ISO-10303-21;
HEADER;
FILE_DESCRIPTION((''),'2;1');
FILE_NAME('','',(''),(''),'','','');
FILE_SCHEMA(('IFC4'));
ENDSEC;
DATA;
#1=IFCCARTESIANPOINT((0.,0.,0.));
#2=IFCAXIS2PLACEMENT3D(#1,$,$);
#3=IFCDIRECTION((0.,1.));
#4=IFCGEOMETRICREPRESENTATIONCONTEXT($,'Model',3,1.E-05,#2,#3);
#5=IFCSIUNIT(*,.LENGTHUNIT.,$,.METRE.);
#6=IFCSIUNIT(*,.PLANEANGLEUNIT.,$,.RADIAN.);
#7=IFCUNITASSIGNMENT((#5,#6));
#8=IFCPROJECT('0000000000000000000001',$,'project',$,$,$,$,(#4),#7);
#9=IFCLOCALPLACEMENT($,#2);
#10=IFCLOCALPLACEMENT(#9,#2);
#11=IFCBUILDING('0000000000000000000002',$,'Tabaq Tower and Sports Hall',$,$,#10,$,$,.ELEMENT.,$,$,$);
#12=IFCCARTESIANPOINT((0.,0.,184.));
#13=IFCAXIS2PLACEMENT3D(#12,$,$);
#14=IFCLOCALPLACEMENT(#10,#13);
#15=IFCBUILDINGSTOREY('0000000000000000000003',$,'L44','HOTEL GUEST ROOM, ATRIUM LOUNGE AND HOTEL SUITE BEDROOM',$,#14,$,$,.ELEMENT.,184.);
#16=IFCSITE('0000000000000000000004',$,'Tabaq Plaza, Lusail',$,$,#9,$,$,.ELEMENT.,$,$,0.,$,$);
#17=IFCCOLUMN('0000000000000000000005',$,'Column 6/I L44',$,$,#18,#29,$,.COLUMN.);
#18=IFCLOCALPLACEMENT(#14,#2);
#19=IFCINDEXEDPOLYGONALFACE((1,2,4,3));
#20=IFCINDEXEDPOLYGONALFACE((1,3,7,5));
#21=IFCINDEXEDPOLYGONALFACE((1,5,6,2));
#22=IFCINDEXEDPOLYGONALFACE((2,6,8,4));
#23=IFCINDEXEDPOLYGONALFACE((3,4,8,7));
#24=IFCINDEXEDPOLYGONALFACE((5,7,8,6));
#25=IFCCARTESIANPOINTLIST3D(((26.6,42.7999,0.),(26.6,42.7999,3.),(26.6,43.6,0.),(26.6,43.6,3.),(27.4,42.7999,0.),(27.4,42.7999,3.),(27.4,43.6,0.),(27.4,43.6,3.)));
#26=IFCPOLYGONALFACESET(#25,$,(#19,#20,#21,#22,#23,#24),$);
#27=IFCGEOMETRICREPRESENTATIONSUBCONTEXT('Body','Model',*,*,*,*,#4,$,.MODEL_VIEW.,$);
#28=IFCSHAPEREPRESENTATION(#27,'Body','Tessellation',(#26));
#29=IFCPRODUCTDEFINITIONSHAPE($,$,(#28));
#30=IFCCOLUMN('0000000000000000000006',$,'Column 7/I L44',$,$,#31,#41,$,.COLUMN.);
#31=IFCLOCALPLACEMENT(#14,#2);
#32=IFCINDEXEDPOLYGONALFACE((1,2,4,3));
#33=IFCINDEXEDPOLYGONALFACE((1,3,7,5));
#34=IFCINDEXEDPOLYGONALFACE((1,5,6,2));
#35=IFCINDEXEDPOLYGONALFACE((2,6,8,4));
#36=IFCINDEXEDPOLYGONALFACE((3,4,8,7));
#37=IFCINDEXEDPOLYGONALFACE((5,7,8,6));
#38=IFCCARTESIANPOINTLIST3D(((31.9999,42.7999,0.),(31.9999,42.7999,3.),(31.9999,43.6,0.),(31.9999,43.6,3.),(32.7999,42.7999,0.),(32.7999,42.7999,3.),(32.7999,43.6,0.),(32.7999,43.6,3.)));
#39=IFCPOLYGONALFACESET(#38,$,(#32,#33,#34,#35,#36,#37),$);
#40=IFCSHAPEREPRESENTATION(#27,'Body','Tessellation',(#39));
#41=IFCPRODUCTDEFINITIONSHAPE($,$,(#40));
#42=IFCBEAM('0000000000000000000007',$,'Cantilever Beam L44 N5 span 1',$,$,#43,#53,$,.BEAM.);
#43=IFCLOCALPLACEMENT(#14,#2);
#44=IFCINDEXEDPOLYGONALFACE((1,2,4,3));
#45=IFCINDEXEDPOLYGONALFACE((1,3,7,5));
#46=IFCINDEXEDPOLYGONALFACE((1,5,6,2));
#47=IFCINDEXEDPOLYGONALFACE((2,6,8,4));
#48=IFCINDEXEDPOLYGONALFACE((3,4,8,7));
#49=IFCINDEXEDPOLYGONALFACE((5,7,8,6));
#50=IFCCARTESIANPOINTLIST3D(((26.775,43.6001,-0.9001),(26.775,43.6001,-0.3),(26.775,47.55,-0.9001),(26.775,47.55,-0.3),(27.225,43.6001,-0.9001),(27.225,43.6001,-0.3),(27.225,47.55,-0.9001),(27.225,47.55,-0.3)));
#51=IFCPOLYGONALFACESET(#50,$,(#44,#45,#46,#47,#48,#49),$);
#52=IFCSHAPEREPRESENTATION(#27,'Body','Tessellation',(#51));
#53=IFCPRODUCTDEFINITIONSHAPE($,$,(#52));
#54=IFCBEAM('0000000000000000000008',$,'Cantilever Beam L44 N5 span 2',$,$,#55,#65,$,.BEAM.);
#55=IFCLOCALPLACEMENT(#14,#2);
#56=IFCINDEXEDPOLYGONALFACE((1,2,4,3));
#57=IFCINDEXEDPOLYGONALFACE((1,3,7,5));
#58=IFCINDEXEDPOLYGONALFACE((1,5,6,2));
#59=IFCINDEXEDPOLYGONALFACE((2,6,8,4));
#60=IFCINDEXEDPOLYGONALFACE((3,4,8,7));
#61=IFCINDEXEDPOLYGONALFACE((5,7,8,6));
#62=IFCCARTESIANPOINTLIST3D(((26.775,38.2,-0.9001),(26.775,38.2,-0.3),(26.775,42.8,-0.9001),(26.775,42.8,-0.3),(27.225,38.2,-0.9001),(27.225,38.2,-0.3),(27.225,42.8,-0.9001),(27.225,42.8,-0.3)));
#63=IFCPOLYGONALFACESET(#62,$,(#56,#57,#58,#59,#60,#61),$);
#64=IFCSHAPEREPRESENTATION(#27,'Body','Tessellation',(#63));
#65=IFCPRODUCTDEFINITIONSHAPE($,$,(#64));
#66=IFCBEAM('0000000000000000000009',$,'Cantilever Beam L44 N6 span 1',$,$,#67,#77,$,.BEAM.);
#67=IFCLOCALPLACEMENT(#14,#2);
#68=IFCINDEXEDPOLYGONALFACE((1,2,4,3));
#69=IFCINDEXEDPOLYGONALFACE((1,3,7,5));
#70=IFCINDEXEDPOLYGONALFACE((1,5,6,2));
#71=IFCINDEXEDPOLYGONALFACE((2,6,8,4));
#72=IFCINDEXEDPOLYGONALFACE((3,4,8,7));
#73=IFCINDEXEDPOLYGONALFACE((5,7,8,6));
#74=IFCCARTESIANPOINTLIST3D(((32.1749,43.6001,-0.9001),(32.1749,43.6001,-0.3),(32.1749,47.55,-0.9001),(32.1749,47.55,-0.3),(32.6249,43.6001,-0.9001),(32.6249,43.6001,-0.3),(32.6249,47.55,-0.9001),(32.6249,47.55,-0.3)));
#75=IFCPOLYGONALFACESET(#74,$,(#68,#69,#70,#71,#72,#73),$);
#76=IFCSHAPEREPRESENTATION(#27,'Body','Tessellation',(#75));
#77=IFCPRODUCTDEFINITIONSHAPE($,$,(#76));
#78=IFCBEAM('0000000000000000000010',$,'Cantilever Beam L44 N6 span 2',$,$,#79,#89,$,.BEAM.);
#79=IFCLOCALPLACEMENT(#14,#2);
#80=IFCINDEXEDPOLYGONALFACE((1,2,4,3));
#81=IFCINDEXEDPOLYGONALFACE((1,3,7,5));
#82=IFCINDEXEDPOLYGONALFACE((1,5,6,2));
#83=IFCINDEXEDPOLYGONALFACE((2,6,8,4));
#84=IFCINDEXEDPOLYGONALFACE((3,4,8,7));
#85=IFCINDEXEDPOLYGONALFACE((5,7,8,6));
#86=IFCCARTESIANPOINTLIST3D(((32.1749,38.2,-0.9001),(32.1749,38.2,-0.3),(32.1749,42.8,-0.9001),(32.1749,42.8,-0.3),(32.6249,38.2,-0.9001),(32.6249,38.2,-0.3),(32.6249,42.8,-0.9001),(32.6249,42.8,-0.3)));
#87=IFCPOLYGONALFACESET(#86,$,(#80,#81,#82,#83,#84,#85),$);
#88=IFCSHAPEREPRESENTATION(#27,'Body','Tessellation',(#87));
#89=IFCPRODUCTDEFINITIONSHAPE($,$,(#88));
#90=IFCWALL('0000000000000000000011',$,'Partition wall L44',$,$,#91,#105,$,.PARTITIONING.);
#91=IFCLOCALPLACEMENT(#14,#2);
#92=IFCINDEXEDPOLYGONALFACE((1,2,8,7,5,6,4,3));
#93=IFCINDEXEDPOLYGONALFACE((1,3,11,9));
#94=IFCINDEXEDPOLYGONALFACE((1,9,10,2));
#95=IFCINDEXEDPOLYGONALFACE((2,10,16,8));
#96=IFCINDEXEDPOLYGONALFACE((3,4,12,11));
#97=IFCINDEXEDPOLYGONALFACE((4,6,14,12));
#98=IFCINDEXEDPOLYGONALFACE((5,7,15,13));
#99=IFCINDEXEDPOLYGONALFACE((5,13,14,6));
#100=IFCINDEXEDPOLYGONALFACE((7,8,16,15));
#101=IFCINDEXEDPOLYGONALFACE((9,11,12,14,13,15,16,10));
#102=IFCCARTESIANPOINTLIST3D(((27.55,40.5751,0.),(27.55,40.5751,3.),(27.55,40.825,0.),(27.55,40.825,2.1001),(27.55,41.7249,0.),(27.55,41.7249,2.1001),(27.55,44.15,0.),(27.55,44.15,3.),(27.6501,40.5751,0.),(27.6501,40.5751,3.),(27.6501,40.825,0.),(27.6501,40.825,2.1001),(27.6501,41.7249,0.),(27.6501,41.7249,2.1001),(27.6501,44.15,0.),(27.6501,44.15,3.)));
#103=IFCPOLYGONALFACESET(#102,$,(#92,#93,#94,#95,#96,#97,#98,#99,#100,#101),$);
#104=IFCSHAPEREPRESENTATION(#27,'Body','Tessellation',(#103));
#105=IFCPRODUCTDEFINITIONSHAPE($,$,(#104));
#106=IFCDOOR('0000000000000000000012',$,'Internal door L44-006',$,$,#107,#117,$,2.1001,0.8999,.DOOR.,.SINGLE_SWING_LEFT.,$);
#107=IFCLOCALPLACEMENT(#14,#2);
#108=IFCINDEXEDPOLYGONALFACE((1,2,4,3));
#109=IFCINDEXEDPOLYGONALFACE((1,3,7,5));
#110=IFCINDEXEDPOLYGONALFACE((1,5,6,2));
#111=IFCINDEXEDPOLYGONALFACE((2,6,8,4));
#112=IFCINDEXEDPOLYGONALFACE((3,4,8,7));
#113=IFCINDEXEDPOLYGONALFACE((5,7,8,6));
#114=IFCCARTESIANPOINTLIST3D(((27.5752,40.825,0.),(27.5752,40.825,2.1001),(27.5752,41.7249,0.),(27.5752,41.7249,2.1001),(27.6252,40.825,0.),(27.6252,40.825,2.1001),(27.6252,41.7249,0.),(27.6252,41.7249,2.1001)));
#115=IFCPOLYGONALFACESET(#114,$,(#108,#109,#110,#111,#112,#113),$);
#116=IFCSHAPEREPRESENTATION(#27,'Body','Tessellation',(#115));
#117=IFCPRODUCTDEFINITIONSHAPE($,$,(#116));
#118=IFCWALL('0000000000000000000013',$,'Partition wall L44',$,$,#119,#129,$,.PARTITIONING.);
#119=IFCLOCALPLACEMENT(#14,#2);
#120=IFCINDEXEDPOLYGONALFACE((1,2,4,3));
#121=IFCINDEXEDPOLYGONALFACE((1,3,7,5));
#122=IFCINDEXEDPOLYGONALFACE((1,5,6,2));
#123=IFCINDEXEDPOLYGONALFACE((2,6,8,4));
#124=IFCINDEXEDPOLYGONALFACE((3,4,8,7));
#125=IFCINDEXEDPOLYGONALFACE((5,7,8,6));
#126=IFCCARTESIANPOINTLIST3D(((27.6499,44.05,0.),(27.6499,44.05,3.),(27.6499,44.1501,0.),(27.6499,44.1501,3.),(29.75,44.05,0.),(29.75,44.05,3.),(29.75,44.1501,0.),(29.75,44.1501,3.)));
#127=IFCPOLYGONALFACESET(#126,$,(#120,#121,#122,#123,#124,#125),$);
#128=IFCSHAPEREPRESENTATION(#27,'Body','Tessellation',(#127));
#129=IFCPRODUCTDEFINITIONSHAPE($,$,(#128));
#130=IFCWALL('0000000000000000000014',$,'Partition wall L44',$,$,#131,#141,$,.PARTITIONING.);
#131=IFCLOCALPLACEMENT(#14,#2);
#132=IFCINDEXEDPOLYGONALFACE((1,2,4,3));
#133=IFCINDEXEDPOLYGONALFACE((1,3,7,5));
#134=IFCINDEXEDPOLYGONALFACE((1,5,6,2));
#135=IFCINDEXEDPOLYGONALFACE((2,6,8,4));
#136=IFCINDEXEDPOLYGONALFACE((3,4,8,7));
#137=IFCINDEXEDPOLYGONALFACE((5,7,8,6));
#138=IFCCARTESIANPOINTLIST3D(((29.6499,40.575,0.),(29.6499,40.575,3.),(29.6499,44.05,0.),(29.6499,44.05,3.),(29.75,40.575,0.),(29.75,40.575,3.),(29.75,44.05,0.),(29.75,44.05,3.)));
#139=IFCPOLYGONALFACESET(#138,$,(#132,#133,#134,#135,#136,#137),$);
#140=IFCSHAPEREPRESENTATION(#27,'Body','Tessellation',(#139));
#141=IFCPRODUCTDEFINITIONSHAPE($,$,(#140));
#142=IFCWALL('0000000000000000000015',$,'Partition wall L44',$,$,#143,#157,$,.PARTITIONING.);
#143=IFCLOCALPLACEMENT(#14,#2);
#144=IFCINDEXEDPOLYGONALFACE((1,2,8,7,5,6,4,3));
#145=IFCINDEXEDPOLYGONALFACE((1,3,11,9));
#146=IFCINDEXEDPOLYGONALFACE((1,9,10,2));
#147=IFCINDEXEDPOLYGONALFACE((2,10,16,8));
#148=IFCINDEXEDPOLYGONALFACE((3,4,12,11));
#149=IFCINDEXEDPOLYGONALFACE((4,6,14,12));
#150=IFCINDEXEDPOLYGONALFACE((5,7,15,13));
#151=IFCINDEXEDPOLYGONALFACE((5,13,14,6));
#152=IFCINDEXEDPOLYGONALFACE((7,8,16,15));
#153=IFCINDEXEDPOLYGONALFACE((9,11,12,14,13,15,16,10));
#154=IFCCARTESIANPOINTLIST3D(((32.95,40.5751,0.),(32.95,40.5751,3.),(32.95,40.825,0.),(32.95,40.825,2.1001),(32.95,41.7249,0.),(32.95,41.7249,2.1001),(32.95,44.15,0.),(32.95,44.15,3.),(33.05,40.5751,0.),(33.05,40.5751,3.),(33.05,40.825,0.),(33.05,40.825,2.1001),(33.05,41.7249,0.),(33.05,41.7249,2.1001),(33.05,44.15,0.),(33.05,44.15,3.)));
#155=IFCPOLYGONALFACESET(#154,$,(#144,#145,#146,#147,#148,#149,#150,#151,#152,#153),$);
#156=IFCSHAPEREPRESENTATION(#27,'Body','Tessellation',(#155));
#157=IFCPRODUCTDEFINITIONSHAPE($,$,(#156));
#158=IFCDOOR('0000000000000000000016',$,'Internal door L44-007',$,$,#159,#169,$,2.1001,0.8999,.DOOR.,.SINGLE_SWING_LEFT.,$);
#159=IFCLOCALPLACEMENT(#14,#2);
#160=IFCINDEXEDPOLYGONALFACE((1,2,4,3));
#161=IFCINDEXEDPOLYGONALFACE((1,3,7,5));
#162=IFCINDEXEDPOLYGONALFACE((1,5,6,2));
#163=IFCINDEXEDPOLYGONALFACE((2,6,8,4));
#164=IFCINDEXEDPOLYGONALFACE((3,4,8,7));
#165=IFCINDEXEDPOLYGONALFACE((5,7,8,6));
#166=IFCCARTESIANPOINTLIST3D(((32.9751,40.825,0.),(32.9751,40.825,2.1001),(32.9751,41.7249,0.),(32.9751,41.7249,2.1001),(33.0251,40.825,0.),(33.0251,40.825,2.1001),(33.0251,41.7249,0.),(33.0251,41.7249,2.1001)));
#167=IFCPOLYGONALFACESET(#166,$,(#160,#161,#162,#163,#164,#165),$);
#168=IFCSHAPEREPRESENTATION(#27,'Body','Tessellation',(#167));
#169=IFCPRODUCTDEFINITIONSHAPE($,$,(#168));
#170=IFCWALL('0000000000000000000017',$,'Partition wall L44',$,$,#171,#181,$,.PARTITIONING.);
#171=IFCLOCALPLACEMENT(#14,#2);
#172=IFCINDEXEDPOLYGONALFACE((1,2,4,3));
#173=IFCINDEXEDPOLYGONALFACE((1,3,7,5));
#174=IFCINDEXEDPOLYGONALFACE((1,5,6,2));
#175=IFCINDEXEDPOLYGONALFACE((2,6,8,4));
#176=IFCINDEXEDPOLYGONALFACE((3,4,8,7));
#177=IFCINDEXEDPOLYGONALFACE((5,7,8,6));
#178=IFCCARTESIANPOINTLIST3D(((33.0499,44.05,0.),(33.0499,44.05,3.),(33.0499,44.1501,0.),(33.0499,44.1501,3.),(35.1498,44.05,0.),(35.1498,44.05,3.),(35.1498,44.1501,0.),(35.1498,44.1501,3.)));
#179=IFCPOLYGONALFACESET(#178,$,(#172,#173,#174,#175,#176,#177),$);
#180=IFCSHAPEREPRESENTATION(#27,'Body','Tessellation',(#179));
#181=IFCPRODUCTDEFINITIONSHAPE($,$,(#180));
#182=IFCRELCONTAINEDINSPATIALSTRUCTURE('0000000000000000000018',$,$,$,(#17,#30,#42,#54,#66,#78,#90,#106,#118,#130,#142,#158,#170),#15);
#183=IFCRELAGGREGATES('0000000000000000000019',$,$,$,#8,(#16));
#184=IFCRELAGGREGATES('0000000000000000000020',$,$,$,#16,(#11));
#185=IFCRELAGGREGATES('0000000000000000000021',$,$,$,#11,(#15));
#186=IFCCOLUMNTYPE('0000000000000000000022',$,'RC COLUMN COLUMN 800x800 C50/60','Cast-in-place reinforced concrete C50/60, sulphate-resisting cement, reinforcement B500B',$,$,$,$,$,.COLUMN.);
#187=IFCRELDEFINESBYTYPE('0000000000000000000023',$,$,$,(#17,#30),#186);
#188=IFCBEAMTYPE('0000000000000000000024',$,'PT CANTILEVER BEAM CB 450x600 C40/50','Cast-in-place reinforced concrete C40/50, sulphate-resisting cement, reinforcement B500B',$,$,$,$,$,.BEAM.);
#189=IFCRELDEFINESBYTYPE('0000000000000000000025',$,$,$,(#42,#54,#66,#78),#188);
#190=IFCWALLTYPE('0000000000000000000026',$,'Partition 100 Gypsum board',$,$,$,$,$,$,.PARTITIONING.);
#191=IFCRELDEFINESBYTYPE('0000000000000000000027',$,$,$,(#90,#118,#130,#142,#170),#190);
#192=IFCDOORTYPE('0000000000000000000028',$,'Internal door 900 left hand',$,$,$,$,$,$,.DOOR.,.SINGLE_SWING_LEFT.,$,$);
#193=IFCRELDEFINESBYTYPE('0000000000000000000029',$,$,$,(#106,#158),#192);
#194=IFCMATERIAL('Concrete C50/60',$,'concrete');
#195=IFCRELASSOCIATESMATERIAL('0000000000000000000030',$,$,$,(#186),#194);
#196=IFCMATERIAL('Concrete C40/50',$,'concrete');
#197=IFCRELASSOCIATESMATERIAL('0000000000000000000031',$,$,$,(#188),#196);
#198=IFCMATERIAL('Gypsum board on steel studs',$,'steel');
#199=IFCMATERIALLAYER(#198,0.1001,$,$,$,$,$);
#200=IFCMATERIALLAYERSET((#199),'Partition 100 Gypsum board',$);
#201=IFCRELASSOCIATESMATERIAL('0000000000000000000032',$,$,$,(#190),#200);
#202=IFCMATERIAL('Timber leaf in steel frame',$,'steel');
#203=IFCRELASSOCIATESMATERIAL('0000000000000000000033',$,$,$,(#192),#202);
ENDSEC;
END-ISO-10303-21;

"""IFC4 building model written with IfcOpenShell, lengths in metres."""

from ifc_helpers import new_model, si_unit, direction, frame, frame_2d, origin, origin_2d, place, context, subcontext, project, spatial, rectangle, extrude, material, layer, layer_set, material_profile, profile_set, type_object, element, fill, save


model = new_model("IFC4")

# Units and contexts
model_context = context("Model", 3, precision=1e-05, world=origin(), true_north=direction((0.0, 1.0)))
body_context = subcontext(model_context, "Body", "Model", "MODEL_VIEW")
ifc_project = project(units=[si_unit("LENGTHUNIT", "METRE"), si_unit("PLANEANGLEUNIT", "RADIAN")], contexts=[model_context])

# Site, building, storey
site_placement = place(None, origin())
site = spatial("IfcSite", under=ifc_project, at=site_placement, Name="Tabaq Plaza, Lusail", CompositionType="ELEMENT", RefElevation=0.0)
building_placement = place(site_placement, origin())
building = spatial("IfcBuilding", under=site, at=building_placement, Name="Tabaq Tower and Sports Hall", CompositionType="ELEMENT")
storey_placement = place(building_placement, frame((0.0, 0.0, 184.0)))
storey = spatial("IfcBuildingStorey", under=building, at=storey_placement, Name="L44", Description="HOTEL GUEST ROOM, ATRIUM LOUNGE AND HOTEL SUITE BEDROOM", CompositionType="ELEMENT", Elevation=184.0)

# Columns
ifc_material_1 = material(Name="Concrete C50/60", Category="concrete")
ifc_material_profile_1 = material_profile(ifc_material_1, rectangle(XDim=0.8, YDim=0.8, at=origin_2d()), Name="COLUMN 800x800")
ifc_profile_set_1 = profile_set([ifc_material_profile_1], Name="Concrete C50/60")
column_type = type_object("IfcColumnType", Name="RC COLUMN COLUMN 800x800 C50/60", Description="Cast-in-place reinforced concrete C50/60, sulphate-resisting cement, reinforcement B500B", PredefinedType="COLUMN", material=ifc_profile_set_1)
for number, where, z_axis, x_axis, name in (
    (1, (27.0, 43.2, 0.0), (0.0, 0.0, 1.0), (1.0, 0.0, 0.0), "Column 6/I L44"),
    (2, (32.3999, 43.2, 0.0), (0.0, 0.0, 1.0), (1.0, 0.0, 0.0), "Column 7/I L44"),
):
    element("IfcColumn", number, at=place(storey_placement, frame(where, z_axis=z_axis, x_axis=x_axis)), inside=storey, type_object=column_type, Name=name, PredefinedType="COLUMN", context=body_context, shape_type="SweptSolid", body=[
        extrude(rectangle(XDim=0.8, YDim=0.8, at=origin_2d()), origin(), (0.0, 0.0, 1.0), 3.0),
    ])

# Beams
ifc_material_2 = material(Name="Concrete C40/50", Category="concrete")
ifc_material_profile_2 = material_profile(ifc_material_2, rectangle(XDim=0.45, YDim=0.6001, at=origin_2d()), Name="CB 450x600")
ifc_profile_set_2 = profile_set([ifc_material_profile_2], Name="Concrete C40/50")
beam_type = type_object("IfcBeamType", Name="PT CANTILEVER BEAM CB 450x600 C40/50", Description="Cast-in-place reinforced concrete C40/50, sulphate-resisting cement, reinforcement B500B", PredefinedType="BEAM", material=ifc_profile_set_2)
beam_1_placement = place(storey_placement, frame((27.0, 47.55, -0.6001), z_axis=(0.0, -1.0, 0.0), x_axis=(1.0, 0.0, 0.0)))
element("IfcBeam", 3, at=beam_1_placement, inside=storey, type_object=beam_type, Name="Cantilever Beam L44 N5 span 1", PredefinedType="BEAM", context=body_context, shape_type="SweptSolid", body=[
    extrude(rectangle(XDim=0.45, YDim=0.6001, at=origin_2d()), origin(), (0.0, 0.0, 1.0), 3.95),
])
beam_2_placement = place(storey_placement, frame((27.0, 42.8, -0.6001), z_axis=(0.0, -1.0, 0.0), x_axis=(1.0, 0.0, 0.0)))
element("IfcBeam", 4, at=beam_2_placement, inside=storey, type_object=beam_type, Name="Cantilever Beam L44 N5 span 2", PredefinedType="BEAM", context=body_context, shape_type="SweptSolid", body=[
    extrude(rectangle(XDim=0.45, YDim=0.6001, at=origin_2d()), origin(), (0.0, 0.0, 1.0), 4.6001),
])
beam_3_placement = place(storey_placement, frame((32.3999, 47.55, -0.6001), z_axis=(0.0, -1.0, 0.0), x_axis=(1.0, 0.0, 0.0)))
element("IfcBeam", 5, at=beam_3_placement, inside=storey, type_object=beam_type, Name="Cantilever Beam L44 N6 span 1", PredefinedType="BEAM", context=body_context, shape_type="SweptSolid", body=[
    extrude(rectangle(XDim=0.45, YDim=0.6001, at=origin_2d()), origin(), (0.0, 0.0, 1.0), 3.95),
])
beam_4_placement = place(storey_placement, frame((32.3999, 42.8, -0.6001), z_axis=(0.0, -1.0, 0.0), x_axis=(1.0, 0.0, 0.0)))
element("IfcBeam", 6, at=beam_4_placement, inside=storey, type_object=beam_type, Name="Cantilever Beam L44 N6 span 2", PredefinedType="BEAM", context=body_context, shape_type="SweptSolid", body=[
    extrude(rectangle(XDim=0.45, YDim=0.6001, at=origin_2d()), origin(), (0.0, 0.0, 1.0), 4.6001),
])

# Wall, opening, door
ifc_material_3 = material(Name="Gypsum board on steel studs", Category="steel")
ifc_layer_1 = layer(ifc_material_3, 0.1001)
ifc_layer_set_1 = layer_set([ifc_layer_1], Name="Partition 100 Gypsum board")
wall_type_1 = type_object("IfcWallType", Name="Partition 100 Gypsum board", PredefinedType="PARTITIONING", material=ifc_layer_set_1)
wall_1_placement = place(storey_placement, frame((27.6001, 40.575, 0.0), z_axis=(0.0, 0.0, 1.0), x_axis=(0.0, 1.0, 0.0)))
wall_1 = element("IfcWall", 7, at=wall_1_placement, inside=storey, type_object=wall_type_1, Name="Partition wall L44", PredefinedType="PARTITIONING", context=body_context, shape_type="SweptSolid", body=[
    extrude(rectangle(XDim=3.575, YDim=0.1001, at=frame_2d((1.7876, 0.0))), origin(), (0.0, 0.0, 1.0), 3.0),
])
opening_1_placement = place(wall_1_placement, frame((0.25, 0.0, 0.0)))
opening_1 = element("IfcOpeningElement", 8, at=opening_1_placement, cuts=wall_1, PredefinedType="OPENING", context=body_context, shape_type="SweptSolid", body=[
    extrude(rectangle(XDim=0.8999, YDim=2.1001, at=frame_2d((0.45, 1.05))), frame((0.0, 0.05, 0.0), z_axis=(0.0, -1.0, 0.0), x_axis=(1.0, 0.0, 0.0)), (0.0, 0.0, 1.0), 0.1001),
])
ifc_material_4 = material(Name="Timber leaf in steel frame", Category="steel")
door_type = type_object("IfcDoorType", Name="Internal door 900 left hand", OperationType="SINGLE_SWING_LEFT", PredefinedType="DOOR", material=ifc_material_4)
door_1_placement = place(opening_1_placement, origin())
door_1 = element("IfcDoor", 9, at=door_1_placement, inside=storey, type_object=door_type, Name="Internal door L44-006", OperationType="SINGLE_SWING_LEFT", OverallHeight=2.1001, OverallWidth=0.8999, PredefinedType="DOOR", context=body_context, shape_type="SweptSolid", body=[
    extrude(rectangle(XDim=0.8999, YDim=2.1001, at=frame_2d((0.45, 1.05))), frame((0.0, 0.0249, 0.0), z_axis=(0.0, -1.0, 0.0), x_axis=(1.0, 0.0, 0.0)), (0.0, 0.0, 1.0), 0.05),
])
fill(opening_1, door_1)

# Walls
wall_2_placement = place(storey_placement, frame((27.6499, 44.1001, 0.0), z_axis=(0.0, 0.0, 1.0), x_axis=(1.0, 0.0, 0.0)))
element("IfcWall", 10, at=wall_2_placement, inside=storey, type_object=wall_type_1, Name="Partition wall L44", PredefinedType="PARTITIONING", context=body_context, shape_type="SweptSolid", body=[
    extrude(rectangle(XDim=2.1001, YDim=0.1001, at=frame_2d((1.05, 0.0))), origin(), (0.0, 0.0, 1.0), 3.0),
])
wall_3_placement = place(storey_placement, frame((29.7, 44.05, 0.0), z_axis=(0.0, 0.0, 1.0), x_axis=(0.0, -1.0, 0.0)))
element("IfcWall", 11, at=wall_3_placement, inside=storey, type_object=wall_type_1, Name="Partition wall L44", PredefinedType="PARTITIONING", context=body_context, shape_type="SweptSolid", body=[
    extrude(rectangle(XDim=3.4751, YDim=0.1001, at=frame_2d((1.7375, 0.0))), origin(), (0.0, 0.0, 1.0), 3.0),
])

# Wall, opening, door
wall_4_placement = place(storey_placement, frame((33.0, 40.575, 0.0), z_axis=(0.0, 0.0, 1.0), x_axis=(0.0, 1.0, 0.0)))
wall_4 = element("IfcWall", 12, at=wall_4_placement, inside=storey, type_object=wall_type_1, Name="Partition wall L44", PredefinedType="PARTITIONING", context=body_context, shape_type="SweptSolid", body=[
    extrude(rectangle(XDim=3.575, YDim=0.1001, at=frame_2d((1.7876, 0.0))), origin(), (0.0, 0.0, 1.0), 3.0),
])
opening_2_placement = place(wall_4_placement, frame((0.25, 0.0, 0.0)))
opening_2 = element("IfcOpeningElement", 13, at=opening_2_placement, cuts=wall_4, PredefinedType="OPENING", context=body_context, shape_type="SweptSolid", body=[
    extrude(rectangle(XDim=0.8999, YDim=2.1001, at=frame_2d((0.45, 1.05))), frame((0.0, 0.05, 0.0), z_axis=(0.0, -1.0, 0.0), x_axis=(1.0, 0.0, 0.0)), (0.0, 0.0, 1.0), 0.1001),
])
door_2_placement = place(opening_2_placement, origin())
door_2 = element("IfcDoor", 14, at=door_2_placement, inside=storey, type_object=door_type, Name="Internal door L44-007", OperationType="SINGLE_SWING_LEFT", OverallHeight=2.1001, OverallWidth=0.8999, PredefinedType="DOOR", context=body_context, shape_type="SweptSolid", body=[
    extrude(rectangle(XDim=0.8999, YDim=2.1001, at=frame_2d((0.45, 1.05))), frame((0.0, 0.0249, 0.0), z_axis=(0.0, -1.0, 0.0), x_axis=(1.0, 0.0, 0.0)), (0.0, 0.0, 1.0), 0.05),
])
fill(opening_2, door_2)

# Wall
wall_5_placement = place(storey_placement, frame((33.05, 44.1001, 0.0), z_axis=(0.0, 0.0, 1.0), x_axis=(1.0, 0.0, 0.0)))
element("IfcWall", 15, at=wall_5_placement, inside=storey, type_object=wall_type_1, Name="Partition wall L44", PredefinedType="PARTITIONING", context=body_context, shape_type="SweptSolid", body=[
    extrude(rectangle(XDim=2.0999, YDim=0.1001, at=frame_2d((1.0498, 0.0))), origin(), (0.0, 0.0, 1.0), 3.0),
])

save(model, "model.ifc")
